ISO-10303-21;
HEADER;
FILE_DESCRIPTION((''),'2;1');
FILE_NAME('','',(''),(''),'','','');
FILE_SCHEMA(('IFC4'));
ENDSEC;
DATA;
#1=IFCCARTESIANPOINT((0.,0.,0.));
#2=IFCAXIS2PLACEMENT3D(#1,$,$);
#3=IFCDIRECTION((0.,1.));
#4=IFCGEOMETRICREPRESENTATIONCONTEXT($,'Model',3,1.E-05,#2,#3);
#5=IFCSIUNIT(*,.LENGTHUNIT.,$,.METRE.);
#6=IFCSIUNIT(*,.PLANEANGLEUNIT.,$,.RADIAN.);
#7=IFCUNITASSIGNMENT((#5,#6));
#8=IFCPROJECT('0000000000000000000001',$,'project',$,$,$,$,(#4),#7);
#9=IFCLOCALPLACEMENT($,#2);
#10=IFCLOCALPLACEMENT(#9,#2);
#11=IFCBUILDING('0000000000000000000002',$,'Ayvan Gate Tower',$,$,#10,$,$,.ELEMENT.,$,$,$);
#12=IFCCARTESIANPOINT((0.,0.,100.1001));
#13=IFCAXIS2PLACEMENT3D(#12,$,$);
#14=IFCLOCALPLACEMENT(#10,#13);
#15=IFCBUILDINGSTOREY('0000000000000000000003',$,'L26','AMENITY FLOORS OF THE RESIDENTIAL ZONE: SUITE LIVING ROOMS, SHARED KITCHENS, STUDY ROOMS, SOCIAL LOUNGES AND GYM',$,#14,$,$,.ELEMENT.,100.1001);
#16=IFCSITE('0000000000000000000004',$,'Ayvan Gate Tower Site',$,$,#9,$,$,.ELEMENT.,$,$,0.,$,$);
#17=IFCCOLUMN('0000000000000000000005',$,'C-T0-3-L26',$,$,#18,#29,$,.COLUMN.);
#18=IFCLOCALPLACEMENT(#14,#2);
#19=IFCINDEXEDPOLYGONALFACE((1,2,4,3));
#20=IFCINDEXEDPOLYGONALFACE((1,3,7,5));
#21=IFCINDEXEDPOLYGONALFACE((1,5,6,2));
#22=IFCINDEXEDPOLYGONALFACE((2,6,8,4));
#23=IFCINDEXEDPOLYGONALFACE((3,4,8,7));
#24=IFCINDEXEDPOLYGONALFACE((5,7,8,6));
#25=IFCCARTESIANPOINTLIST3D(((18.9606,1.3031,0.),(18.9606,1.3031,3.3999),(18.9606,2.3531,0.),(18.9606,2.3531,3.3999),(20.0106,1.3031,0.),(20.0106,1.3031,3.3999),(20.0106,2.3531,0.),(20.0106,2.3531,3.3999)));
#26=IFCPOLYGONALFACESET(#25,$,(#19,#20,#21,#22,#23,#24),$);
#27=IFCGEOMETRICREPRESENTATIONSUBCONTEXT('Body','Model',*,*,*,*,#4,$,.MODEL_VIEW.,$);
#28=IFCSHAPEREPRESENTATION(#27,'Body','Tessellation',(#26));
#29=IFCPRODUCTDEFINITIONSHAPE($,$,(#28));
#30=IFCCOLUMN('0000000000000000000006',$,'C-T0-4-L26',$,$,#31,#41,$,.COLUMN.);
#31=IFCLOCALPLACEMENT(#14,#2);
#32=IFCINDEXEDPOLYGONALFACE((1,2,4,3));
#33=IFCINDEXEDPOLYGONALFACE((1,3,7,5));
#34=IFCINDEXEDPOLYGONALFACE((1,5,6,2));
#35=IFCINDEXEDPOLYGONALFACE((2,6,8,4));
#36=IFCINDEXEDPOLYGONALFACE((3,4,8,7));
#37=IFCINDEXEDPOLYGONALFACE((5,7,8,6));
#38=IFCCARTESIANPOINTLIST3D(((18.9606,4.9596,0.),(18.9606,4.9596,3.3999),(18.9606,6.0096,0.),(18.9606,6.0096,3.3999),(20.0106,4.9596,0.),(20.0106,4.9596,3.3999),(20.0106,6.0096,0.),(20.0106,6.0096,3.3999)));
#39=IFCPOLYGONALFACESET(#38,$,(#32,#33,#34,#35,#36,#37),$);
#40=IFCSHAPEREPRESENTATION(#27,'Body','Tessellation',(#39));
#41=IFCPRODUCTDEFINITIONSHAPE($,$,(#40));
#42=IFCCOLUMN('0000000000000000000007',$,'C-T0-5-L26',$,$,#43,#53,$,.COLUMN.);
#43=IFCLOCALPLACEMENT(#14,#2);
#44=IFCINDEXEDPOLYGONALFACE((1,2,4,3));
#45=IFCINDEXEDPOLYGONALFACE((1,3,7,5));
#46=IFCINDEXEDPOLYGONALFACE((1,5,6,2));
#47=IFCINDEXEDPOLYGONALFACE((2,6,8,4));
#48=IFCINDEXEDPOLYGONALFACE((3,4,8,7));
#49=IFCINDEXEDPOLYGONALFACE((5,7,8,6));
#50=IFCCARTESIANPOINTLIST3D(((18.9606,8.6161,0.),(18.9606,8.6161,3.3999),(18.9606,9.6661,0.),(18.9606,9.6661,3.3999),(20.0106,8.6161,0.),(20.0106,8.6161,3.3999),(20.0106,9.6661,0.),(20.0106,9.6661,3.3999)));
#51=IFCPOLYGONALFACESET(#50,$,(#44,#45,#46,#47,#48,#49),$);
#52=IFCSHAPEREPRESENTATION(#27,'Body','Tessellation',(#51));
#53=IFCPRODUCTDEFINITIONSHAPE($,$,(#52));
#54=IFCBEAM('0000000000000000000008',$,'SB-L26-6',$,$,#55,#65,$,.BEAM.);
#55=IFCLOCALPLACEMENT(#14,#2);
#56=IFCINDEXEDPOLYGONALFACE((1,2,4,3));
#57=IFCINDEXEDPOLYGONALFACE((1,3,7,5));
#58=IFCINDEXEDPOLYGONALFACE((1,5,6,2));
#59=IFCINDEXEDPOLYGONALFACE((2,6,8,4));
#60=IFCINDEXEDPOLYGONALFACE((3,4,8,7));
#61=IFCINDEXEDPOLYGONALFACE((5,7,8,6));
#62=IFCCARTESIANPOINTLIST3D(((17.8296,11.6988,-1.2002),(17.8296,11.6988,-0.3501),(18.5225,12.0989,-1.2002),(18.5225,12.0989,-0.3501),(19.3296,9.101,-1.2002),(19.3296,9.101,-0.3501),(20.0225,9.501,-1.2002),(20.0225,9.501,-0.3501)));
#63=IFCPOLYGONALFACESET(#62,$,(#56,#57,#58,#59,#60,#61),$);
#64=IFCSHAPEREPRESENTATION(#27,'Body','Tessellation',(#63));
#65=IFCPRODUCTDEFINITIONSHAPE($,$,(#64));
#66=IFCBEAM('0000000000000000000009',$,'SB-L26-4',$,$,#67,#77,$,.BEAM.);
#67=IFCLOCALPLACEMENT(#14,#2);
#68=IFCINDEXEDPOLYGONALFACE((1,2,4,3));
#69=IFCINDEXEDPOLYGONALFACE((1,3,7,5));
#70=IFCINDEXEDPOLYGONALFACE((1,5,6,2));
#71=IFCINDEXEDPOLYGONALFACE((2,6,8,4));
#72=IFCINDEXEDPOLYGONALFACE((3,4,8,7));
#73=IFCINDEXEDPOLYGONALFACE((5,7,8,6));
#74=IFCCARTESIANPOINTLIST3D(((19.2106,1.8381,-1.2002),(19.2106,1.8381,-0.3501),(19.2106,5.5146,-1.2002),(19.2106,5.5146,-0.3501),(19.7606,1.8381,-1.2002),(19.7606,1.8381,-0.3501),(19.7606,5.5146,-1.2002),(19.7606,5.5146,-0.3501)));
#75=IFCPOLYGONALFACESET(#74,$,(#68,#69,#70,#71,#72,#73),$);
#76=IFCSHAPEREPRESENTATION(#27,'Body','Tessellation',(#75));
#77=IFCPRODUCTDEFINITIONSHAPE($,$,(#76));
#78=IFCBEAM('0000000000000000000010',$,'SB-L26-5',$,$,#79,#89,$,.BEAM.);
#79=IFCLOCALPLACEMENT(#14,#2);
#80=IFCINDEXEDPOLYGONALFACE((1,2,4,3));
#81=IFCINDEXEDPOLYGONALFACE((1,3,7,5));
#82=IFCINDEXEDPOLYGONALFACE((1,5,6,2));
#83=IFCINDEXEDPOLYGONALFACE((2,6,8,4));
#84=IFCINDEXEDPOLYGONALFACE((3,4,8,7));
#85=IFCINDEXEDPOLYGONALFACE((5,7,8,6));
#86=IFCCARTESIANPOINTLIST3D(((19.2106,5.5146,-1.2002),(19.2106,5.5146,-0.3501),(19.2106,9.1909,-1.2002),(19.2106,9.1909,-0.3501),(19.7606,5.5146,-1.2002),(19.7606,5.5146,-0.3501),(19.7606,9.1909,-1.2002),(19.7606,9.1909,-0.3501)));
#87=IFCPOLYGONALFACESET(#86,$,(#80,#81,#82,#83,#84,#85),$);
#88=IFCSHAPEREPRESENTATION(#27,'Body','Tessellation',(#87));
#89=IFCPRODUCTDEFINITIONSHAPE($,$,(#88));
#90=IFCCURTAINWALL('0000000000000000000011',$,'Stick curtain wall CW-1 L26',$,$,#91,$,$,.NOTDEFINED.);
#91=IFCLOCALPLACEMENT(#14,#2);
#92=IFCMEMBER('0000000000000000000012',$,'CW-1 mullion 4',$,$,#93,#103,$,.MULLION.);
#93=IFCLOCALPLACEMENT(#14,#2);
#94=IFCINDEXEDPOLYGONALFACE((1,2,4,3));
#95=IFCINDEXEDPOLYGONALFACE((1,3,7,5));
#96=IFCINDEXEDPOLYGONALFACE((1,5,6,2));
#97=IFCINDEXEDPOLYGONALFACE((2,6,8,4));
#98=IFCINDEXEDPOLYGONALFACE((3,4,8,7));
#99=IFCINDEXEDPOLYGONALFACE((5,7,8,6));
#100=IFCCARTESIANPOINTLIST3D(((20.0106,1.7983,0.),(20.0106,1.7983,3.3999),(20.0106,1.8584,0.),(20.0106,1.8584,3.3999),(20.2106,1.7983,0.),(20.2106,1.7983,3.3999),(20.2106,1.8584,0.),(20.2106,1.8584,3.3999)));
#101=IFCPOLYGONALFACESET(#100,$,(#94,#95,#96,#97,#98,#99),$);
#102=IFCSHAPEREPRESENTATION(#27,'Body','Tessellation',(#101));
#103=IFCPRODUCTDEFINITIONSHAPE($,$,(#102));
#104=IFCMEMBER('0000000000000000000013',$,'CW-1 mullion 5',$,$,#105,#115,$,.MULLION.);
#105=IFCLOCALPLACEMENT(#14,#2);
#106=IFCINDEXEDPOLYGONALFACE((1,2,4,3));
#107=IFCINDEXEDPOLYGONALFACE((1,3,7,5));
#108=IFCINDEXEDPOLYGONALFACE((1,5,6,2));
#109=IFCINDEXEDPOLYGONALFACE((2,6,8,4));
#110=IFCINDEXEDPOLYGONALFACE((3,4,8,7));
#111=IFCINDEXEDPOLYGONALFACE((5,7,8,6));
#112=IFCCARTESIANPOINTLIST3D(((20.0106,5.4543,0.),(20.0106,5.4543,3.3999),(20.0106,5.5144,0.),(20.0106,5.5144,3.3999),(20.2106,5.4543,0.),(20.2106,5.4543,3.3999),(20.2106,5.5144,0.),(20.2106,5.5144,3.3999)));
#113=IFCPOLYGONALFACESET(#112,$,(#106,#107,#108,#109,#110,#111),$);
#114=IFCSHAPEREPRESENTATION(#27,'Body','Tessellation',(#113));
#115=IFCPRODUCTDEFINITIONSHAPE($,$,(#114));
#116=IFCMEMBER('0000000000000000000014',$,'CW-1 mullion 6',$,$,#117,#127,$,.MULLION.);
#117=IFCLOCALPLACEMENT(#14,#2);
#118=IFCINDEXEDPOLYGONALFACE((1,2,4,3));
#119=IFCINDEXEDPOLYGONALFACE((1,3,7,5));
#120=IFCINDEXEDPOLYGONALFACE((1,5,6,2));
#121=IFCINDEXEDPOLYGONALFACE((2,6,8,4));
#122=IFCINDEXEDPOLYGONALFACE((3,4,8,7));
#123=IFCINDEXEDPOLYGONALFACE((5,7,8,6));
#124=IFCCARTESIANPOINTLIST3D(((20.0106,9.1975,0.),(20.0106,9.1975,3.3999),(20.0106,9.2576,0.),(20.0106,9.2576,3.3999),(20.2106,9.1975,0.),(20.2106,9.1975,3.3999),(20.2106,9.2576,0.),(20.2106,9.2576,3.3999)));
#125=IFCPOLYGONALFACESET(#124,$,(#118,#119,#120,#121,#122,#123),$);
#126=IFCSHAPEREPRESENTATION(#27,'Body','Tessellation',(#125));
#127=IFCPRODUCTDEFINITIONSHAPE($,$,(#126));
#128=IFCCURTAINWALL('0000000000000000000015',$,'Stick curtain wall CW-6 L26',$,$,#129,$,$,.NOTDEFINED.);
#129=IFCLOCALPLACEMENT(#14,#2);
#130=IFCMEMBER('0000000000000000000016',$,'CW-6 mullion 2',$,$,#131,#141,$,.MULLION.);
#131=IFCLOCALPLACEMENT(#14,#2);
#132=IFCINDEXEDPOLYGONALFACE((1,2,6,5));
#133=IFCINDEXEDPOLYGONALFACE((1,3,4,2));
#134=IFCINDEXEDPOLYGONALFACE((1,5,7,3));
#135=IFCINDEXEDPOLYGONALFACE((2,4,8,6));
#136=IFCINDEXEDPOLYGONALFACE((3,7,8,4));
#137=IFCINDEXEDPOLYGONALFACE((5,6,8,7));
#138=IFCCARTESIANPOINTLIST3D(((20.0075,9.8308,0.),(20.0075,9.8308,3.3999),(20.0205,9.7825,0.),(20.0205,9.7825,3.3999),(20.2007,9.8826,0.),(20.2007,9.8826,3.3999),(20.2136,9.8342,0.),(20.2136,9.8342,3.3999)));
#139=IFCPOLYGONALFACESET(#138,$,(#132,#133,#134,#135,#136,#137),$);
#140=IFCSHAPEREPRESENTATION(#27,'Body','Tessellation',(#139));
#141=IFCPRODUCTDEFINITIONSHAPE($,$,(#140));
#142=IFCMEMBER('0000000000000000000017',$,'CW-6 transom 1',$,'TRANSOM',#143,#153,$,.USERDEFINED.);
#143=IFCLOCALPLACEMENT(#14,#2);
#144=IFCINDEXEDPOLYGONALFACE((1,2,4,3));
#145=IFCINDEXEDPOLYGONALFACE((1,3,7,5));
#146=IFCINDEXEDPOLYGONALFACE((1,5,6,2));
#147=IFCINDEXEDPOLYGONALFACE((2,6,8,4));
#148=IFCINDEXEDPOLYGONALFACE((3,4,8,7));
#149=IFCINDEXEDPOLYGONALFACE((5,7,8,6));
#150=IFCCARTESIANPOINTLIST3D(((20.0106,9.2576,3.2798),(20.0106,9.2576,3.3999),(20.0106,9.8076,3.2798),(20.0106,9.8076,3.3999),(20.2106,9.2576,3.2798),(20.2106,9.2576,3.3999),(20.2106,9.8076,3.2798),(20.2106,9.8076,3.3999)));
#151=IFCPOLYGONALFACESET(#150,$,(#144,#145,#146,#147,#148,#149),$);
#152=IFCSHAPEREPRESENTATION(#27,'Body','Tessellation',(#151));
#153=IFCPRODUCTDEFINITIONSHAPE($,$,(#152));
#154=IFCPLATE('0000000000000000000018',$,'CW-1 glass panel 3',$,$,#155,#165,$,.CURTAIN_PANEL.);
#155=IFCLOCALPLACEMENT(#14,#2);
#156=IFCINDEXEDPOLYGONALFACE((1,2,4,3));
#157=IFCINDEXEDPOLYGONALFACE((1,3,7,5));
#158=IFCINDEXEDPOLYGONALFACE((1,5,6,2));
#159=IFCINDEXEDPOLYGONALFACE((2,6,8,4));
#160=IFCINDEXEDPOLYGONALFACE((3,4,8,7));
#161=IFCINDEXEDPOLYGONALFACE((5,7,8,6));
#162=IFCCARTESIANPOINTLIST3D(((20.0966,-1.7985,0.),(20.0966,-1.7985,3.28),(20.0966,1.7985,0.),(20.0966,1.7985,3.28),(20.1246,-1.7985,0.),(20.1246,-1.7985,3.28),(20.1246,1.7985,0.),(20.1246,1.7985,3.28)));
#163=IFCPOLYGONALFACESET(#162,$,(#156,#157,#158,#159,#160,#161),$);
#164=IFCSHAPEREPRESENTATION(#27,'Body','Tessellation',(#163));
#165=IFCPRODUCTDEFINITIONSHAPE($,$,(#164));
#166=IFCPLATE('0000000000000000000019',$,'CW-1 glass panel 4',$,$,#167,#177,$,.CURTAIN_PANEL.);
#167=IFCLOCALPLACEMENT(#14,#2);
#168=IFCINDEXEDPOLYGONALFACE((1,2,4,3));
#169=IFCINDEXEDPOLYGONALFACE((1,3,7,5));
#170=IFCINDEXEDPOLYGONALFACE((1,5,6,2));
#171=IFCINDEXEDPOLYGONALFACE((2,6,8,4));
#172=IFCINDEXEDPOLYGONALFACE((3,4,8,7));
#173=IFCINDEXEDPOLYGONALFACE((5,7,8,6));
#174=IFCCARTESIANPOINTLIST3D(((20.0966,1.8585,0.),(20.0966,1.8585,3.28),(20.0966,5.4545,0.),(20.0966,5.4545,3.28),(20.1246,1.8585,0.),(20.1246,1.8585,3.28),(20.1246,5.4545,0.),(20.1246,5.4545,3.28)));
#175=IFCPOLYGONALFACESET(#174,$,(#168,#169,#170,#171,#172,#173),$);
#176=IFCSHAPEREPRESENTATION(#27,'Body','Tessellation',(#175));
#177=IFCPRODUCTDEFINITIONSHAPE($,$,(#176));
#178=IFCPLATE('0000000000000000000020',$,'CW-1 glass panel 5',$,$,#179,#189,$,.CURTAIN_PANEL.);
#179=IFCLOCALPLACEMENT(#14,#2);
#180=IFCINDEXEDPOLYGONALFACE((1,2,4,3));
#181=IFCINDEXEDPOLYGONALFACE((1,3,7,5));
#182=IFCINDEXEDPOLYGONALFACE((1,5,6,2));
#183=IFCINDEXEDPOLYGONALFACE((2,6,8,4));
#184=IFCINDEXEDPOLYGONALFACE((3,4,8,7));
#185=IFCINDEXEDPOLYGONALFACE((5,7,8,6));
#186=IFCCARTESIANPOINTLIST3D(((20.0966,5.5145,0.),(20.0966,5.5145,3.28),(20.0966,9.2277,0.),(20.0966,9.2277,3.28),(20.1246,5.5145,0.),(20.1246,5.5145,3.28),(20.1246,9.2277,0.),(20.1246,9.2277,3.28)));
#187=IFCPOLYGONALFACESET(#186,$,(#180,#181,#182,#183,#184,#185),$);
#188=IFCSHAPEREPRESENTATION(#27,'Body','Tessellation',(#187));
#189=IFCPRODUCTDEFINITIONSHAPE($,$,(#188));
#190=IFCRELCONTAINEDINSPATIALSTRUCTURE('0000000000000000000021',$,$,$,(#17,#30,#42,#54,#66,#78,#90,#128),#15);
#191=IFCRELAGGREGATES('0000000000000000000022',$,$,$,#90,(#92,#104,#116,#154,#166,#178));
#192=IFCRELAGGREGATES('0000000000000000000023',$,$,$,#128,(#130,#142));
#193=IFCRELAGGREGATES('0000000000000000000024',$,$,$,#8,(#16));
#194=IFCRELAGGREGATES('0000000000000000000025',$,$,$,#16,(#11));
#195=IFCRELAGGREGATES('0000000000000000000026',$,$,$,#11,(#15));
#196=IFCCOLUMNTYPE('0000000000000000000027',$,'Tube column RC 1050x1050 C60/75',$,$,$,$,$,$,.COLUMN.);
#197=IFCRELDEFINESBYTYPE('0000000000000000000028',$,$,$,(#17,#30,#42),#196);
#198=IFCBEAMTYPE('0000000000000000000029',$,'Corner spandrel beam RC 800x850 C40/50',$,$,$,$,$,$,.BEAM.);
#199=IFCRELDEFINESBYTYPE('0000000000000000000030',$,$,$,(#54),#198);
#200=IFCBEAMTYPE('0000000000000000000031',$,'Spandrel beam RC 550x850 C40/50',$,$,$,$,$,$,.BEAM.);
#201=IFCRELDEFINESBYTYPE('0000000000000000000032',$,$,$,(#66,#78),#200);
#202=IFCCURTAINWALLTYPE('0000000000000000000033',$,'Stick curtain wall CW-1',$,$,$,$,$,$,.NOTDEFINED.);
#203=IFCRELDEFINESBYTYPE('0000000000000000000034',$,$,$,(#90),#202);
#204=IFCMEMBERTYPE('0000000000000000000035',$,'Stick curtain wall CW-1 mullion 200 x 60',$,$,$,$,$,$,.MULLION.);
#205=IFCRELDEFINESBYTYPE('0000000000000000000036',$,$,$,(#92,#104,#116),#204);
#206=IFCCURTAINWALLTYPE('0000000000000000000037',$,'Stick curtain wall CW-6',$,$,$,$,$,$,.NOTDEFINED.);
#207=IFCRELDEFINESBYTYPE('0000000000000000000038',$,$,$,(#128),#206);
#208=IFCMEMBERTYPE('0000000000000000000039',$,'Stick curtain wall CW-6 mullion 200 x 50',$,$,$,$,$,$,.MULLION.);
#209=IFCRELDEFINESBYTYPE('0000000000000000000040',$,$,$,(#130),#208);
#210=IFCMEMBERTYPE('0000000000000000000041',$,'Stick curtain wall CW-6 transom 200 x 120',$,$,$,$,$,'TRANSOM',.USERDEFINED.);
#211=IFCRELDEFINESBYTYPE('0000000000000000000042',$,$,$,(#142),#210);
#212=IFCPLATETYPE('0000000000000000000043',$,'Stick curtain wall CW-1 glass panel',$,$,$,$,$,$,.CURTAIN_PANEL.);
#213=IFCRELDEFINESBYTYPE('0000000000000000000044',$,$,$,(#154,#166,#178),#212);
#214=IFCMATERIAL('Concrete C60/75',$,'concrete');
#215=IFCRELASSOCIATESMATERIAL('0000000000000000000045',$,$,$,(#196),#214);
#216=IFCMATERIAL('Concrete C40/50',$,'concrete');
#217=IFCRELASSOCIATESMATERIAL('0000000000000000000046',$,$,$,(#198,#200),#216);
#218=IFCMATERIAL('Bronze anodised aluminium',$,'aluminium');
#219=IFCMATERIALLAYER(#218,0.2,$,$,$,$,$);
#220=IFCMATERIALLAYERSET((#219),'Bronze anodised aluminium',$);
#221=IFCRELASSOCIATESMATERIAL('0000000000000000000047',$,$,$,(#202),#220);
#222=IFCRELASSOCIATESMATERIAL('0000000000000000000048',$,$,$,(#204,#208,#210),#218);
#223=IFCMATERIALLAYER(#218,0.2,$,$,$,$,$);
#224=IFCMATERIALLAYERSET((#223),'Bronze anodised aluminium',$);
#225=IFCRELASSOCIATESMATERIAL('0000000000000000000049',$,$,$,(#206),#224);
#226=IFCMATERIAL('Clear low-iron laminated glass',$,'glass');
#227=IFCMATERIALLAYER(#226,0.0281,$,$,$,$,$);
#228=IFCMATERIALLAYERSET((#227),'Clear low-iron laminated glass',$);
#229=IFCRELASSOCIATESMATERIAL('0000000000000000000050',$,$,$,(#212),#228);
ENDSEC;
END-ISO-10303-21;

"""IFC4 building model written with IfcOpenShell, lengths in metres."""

from ifc_helpers import new_model, si_unit, direction, frame, origin, origin_2d, place, context, subcontext, project, spatial, rectangle, extrude, material, layer, layer_set, material_profile, profile_set, type_object, element, aggregate, save


model = new_model("IFC4")

# Units and contexts
model_context = context("Model", 3, precision=1e-05, world=origin(), true_north=direction((0.0, 1.0)))
body_context = subcontext(model_context, "Body", "Model", "MODEL_VIEW")
ifc_project = project(units=[si_unit("LENGTHUNIT", "METRE"), si_unit("PLANEANGLEUNIT", "RADIAN")], contexts=[model_context])

# Site, building, storey
site_placement = place(None, origin())
site = spatial("IfcSite", under=ifc_project, at=site_placement, Name="Ayvan Gate Tower Site", CompositionType="ELEMENT", RefElevation=0.0)
building_placement = place(site_placement, origin())
building = spatial("IfcBuilding", under=site, at=building_placement, Name="Ayvan Gate Tower", CompositionType="ELEMENT")
storey_placement = place(building_placement, frame((0.0, 0.0, 100.1001)))
storey = spatial("IfcBuildingStorey", under=building, at=storey_placement, Name="L26", Description="AMENITY FLOORS OF THE RESIDENTIAL ZONE: SUITE LIVING ROOMS, SHARED KITCHENS, STUDY ROOMS, SOCIAL LOUNGES AND GYM", CompositionType="ELEMENT", Elevation=100.1001)

# Columns
ifc_material_1 = material(Name="Concrete C60/75", Category="concrete")
ifc_material_profile_1 = material_profile(ifc_material_1, rectangle(XDim=1.05, YDim=1.05, at=origin_2d()), Name="RC 1050x1050")
ifc_profile_set_1 = profile_set([ifc_material_profile_1], Name="Concrete C60/75")
column_type = type_object("IfcColumnType", Name="Tube column RC 1050x1050 C60/75", PredefinedType="COLUMN", material=ifc_profile_set_1)
for number, where, z_axis, x_axis, name in (
    (1, (19.4856, 1.8281, 0.0), (0.0, 0.0, 1.0), (1.0, 0.0, 0.0), "C-T0-3-L26"),
    (2, (19.4856, 5.4846, 0.0), (0.0, 0.0, 1.0), (1.0, 0.0, 0.0), "C-T0-4-L26"),
    (3, (19.4856, 9.1411, 0.0), (0.0, 0.0, 1.0), (1.0, 0.0, 0.0), "C-T0-5-L26"),
):
    element("IfcColumn", number, at=place(storey_placement, frame(where, z_axis=z_axis, x_axis=x_axis)), inside=storey, type_object=column_type, Name=name, PredefinedType="COLUMN", context=body_context, shape_type="SweptSolid", body=[
        extrude(rectangle(XDim=1.05, YDim=1.05, at=origin_2d()), origin(), (0.0, 0.0, 1.0), 3.3999),
    ])

# Beams
ifc_material_2 = material(Name="Concrete C40/50", Category="concrete")
ifc_material_profile_2 = material_profile(ifc_material_2, rectangle(XDim=0.8, YDim=0.8501, at=origin_2d()), Name="RC 800x850")
ifc_profile_set_2 = profile_set([ifc_material_profile_2], Name="Concrete C40/50")
beam_type_1 = type_object("IfcBeamType", Name="Corner spandrel beam RC 800x850 C40/50", PredefinedType="BEAM", material=ifc_profile_set_2)
beam_1_placement = place(storey_placement, frame((19.676, 9.301, -0.7751), z_axis=(-0.500025, 0.866011, 0.0), x_axis=(-0.866011, -0.500025, 0.0)))
element("IfcBeam", 4, at=beam_1_placement, inside=storey, type_object=beam_type_1, Name="SB-L26-6", PredefinedType="BEAM", context=body_context, shape_type="SweptSolid", body=[
    extrude(rectangle(XDim=0.8, YDim=0.8501, at=origin_2d()), origin(), (0.0, 0.0, 1.0), 2.9998),
])
ifc_material_profile_3 = material_profile(ifc_material_2, rectangle(XDim=0.55, YDim=0.8501, at=origin_2d()), Name="RC 550x850")
ifc_profile_set_3 = profile_set([ifc_material_profile_3], Name="Concrete C40/50")
beam_type_2 = type_object("IfcBeamType", Name="Spandrel beam RC 550x850 C40/50", PredefinedType="BEAM", material=ifc_profile_set_3)
beam_2_placement = place(storey_placement, frame((19.4856, 1.8381, -0.7751), z_axis=(0.0, 1.0, 0.0), x_axis=(-1.0, 0.0, 0.0)))
element("IfcBeam", 5, at=beam_2_placement, inside=storey, type_object=beam_type_2, Name="SB-L26-4", PredefinedType="BEAM", context=body_context, shape_type="SweptSolid", body=[
    extrude(rectangle(XDim=0.55, YDim=0.8501, at=origin_2d()), origin(), (0.0, 0.0, 1.0), 3.6765),
])
beam_3_placement = place(storey_placement, frame((19.4856, 5.5146, -0.7751), z_axis=(0.0, 1.0, 0.0), x_axis=(-1.0, 0.0, 0.0)))
element("IfcBeam", 6, at=beam_3_placement, inside=storey, type_object=beam_type_2, Name="SB-L26-5", PredefinedType="BEAM", context=body_context, shape_type="SweptSolid", body=[
    extrude(rectangle(XDim=0.55, YDim=0.8501, at=origin_2d()), origin(), (0.0, 0.0, 1.0), 3.6763),
])

# Curtain walls, members
ifc_material_3 = material(Name="Bronze anodised aluminium", Category="aluminium")
ifc_layer_1 = layer(ifc_material_3, 0.2)
ifc_layer_set_1 = layer_set([ifc_layer_1], Name="Bronze anodised aluminium")
curtain_wall_type_1 = type_object("IfcCurtainWallType", Name="Stick curtain wall CW-1", PredefinedType="NOTDEFINED", material=ifc_layer_set_1)
curtain_wall_1_placement = place(storey_placement, origin())
curtain_wall_1 = element("IfcCurtainWall", 7, at=curtain_wall_1_placement, inside=storey, type_object=curtain_wall_type_1, Name="Stick curtain wall CW-1 L26", PredefinedType="NOTDEFINED")
ifc_material_profile_4 = material_profile(ifc_material_3, rectangle(XDim=0.2, YDim=0.0601, at=origin_2d()), Name="Stick curtain wall CW-1 mullion 200 x 60")
ifc_profile_set_4 = profile_set([ifc_material_profile_4], Name="Bronze anodised aluminium")
member_type_1 = type_object("IfcMemberType", Name="Stick curtain wall CW-1 mullion 200 x 60", PredefinedType="MULLION", material=ifc_profile_set_4)
member_1_placement = place(storey_placement, frame((20.1106, 1.8284, 0.0), z_axis=(0.0, 0.0, 1.0), x_axis=(1.0, 0.0, 0.0)))
member_1 = element("IfcMember", 8, at=member_1_placement, type_object=member_type_1, Name="CW-1 mullion 4", PredefinedType="MULLION", context=body_context, shape_type="SweptSolid", body=[
    extrude(rectangle(XDim=0.2, YDim=0.0601, at=origin_2d()), origin(), (0.0, 0.0, 1.0), 3.3999),
])
member_2_placement = place(storey_placement, frame((20.1106, 5.4844, 0.0), z_axis=(0.0, 0.0, 1.0), x_axis=(1.0, 0.0, 0.0)))
member_2 = element("IfcMember", 9, at=member_2_placement, type_object=member_type_1, Name="CW-1 mullion 5", PredefinedType="MULLION", context=body_context, shape_type="SweptSolid", body=[
    extrude(rectangle(XDim=0.2, YDim=0.0601, at=origin_2d()), origin(), (0.0, 0.0, 1.0), 3.3999),
])
member_3_placement = place(storey_placement, frame((20.1106, 9.2275, 0.0), z_axis=(0.0, 0.0, 1.0), x_axis=(1.0, 0.0, 0.0)))
member_3 = element("IfcMember", 10, at=member_3_placement, type_object=member_type_1, Name="CW-1 mullion 6", PredefinedType="MULLION", context=body_context, shape_type="SweptSolid", body=[
    extrude(rectangle(XDim=0.2, YDim=0.0601, at=origin_2d()), origin(), (0.0, 0.0, 1.0), 3.3999),
])
ifc_layer_2 = layer(ifc_material_3, 0.2)
ifc_layer_set_2 = layer_set([ifc_layer_2], Name="Bronze anodised aluminium")
curtain_wall_type_2 = type_object("IfcCurtainWallType", Name="Stick curtain wall CW-6", PredefinedType="NOTDEFINED", material=ifc_layer_set_2)
curtain_wall_2_placement = place(storey_placement, origin())
curtain_wall_2 = element("IfcCurtainWall", 11, at=curtain_wall_2_placement, inside=storey, type_object=curtain_wall_type_2, Name="Stick curtain wall CW-6 L26", PredefinedType="NOTDEFINED")
ifc_material_profile_5 = material_profile(ifc_material_3, rectangle(XDim=0.2, YDim=0.05, at=origin_2d()), Name="Stick curtain wall CW-6 mullion 200 x 50")
ifc_profile_set_5 = profile_set([ifc_material_profile_5], Name="Bronze anodised aluminium")
member_type_2 = type_object("IfcMemberType", Name="Stick curtain wall CW-6 mullion 200 x 50", PredefinedType="MULLION", material=ifc_profile_set_5)
member_4_placement = place(storey_placement, frame((20.1106, 9.8325, 0.0), z_axis=(0.0, 0.0, 1.0), x_axis=(0.965926, 0.258819, 0.0)))
member_4 = element("IfcMember", 12, at=member_4_placement, type_object=member_type_2, Name="CW-6 mullion 2", PredefinedType="MULLION", context=body_context, shape_type="SweptSolid", body=[
    extrude(rectangle(XDim=0.2, YDim=0.05, at=origin_2d()), origin(), (0.0, 0.0, 1.0), 3.3999),
])
ifc_material_profile_6 = material_profile(ifc_material_3, rectangle(XDim=0.2, YDim=0.1201, at=origin_2d()), Name="Stick curtain wall CW-6 transom 200 x 120")
ifc_profile_set_6 = profile_set([ifc_material_profile_6], Name="Bronze anodised aluminium")
member_type_3 = type_object("IfcMemberType", Name="Stick curtain wall CW-6 transom 200 x 120", ElementType="TRANSOM", PredefinedType="USERDEFINED", material=ifc_profile_set_6)
member_5_placement = place(storey_placement, frame((20.1106, 9.2576, 3.3398), z_axis=(0.0, 1.0, 0.0), x_axis=(-1.0, 0.0, 0.0)))
member_5 = element("IfcMember", 13, at=member_5_placement, type_object=member_type_3, Name="CW-6 transom 1", ObjectType="TRANSOM", PredefinedType="USERDEFINED", context=body_context, shape_type="SweptSolid", body=[
    extrude(rectangle(XDim=0.2, YDim=0.1201, at=origin_2d()), origin(), (0.0, 0.0, 1.0), 0.55),
])

# Plates
ifc_material_4 = material(Name="Clear low-iron laminated glass", Category="glass")
ifc_layer_3 = layer(ifc_material_4, 0.0281)
ifc_layer_set_3 = layer_set([ifc_layer_3], Name="Clear low-iron laminated glass")
plate_type_1 = type_object("IfcPlateType", Name="Stick curtain wall CW-1 glass panel", PredefinedType="CURTAIN_PANEL", material=ifc_layer_set_3)
plate_1_placement = place(storey_placement, frame((20.1106, 0.0, 0.0), z_axis=(0.0, 0.0, 1.0), x_axis=(0.0, 1.0, 0.0)))
plate_1 = element("IfcPlate", 14, at=plate_1_placement, type_object=plate_type_1, Name="CW-1 glass panel 3", PredefinedType="CURTAIN_PANEL", context=body_context, shape_type="SweptSolid", body=[
    extrude(rectangle(XDim=3.5969, YDim=0.0281, at=origin_2d()), origin(), (0.0, 0.0, 1.0), 3.28),
])
plate_2_placement = place(storey_placement, frame((20.1106, 3.6565, 0.0), z_axis=(0.0, 0.0, 1.0), x_axis=(0.0, 1.0, 0.0)))
plate_2 = element("IfcPlate", 15, at=plate_2_placement, type_object=plate_type_1, Name="CW-1 glass panel 4", PredefinedType="CURTAIN_PANEL", context=body_context, shape_type="SweptSolid", body=[
    extrude(rectangle(XDim=3.5959, YDim=0.0281, at=origin_2d()), origin(), (0.0, 0.0, 1.0), 3.28),
])
plate_3_placement = place(storey_placement, frame((20.1106, 7.3711, 0.0), z_axis=(0.0, 0.0, 1.0), x_axis=(0.0, 1.0, 0.0)))
plate_3 = element("IfcPlate", 16, at=plate_3_placement, type_object=plate_type_1, Name="CW-1 glass panel 5", PredefinedType="CURTAIN_PANEL", context=body_context, shape_type="SweptSolid", body=[
    extrude(rectangle(XDim=3.7131, YDim=0.0281, at=origin_2d()), origin(), (0.0, 0.0, 1.0), 3.28),
])
aggregate(curtain_wall_1, [member_1, member_2, member_3, plate_1, plate_2, plate_3])
aggregate(curtain_wall_2, [member_4, member_5])

save(model, "model.ifc")
